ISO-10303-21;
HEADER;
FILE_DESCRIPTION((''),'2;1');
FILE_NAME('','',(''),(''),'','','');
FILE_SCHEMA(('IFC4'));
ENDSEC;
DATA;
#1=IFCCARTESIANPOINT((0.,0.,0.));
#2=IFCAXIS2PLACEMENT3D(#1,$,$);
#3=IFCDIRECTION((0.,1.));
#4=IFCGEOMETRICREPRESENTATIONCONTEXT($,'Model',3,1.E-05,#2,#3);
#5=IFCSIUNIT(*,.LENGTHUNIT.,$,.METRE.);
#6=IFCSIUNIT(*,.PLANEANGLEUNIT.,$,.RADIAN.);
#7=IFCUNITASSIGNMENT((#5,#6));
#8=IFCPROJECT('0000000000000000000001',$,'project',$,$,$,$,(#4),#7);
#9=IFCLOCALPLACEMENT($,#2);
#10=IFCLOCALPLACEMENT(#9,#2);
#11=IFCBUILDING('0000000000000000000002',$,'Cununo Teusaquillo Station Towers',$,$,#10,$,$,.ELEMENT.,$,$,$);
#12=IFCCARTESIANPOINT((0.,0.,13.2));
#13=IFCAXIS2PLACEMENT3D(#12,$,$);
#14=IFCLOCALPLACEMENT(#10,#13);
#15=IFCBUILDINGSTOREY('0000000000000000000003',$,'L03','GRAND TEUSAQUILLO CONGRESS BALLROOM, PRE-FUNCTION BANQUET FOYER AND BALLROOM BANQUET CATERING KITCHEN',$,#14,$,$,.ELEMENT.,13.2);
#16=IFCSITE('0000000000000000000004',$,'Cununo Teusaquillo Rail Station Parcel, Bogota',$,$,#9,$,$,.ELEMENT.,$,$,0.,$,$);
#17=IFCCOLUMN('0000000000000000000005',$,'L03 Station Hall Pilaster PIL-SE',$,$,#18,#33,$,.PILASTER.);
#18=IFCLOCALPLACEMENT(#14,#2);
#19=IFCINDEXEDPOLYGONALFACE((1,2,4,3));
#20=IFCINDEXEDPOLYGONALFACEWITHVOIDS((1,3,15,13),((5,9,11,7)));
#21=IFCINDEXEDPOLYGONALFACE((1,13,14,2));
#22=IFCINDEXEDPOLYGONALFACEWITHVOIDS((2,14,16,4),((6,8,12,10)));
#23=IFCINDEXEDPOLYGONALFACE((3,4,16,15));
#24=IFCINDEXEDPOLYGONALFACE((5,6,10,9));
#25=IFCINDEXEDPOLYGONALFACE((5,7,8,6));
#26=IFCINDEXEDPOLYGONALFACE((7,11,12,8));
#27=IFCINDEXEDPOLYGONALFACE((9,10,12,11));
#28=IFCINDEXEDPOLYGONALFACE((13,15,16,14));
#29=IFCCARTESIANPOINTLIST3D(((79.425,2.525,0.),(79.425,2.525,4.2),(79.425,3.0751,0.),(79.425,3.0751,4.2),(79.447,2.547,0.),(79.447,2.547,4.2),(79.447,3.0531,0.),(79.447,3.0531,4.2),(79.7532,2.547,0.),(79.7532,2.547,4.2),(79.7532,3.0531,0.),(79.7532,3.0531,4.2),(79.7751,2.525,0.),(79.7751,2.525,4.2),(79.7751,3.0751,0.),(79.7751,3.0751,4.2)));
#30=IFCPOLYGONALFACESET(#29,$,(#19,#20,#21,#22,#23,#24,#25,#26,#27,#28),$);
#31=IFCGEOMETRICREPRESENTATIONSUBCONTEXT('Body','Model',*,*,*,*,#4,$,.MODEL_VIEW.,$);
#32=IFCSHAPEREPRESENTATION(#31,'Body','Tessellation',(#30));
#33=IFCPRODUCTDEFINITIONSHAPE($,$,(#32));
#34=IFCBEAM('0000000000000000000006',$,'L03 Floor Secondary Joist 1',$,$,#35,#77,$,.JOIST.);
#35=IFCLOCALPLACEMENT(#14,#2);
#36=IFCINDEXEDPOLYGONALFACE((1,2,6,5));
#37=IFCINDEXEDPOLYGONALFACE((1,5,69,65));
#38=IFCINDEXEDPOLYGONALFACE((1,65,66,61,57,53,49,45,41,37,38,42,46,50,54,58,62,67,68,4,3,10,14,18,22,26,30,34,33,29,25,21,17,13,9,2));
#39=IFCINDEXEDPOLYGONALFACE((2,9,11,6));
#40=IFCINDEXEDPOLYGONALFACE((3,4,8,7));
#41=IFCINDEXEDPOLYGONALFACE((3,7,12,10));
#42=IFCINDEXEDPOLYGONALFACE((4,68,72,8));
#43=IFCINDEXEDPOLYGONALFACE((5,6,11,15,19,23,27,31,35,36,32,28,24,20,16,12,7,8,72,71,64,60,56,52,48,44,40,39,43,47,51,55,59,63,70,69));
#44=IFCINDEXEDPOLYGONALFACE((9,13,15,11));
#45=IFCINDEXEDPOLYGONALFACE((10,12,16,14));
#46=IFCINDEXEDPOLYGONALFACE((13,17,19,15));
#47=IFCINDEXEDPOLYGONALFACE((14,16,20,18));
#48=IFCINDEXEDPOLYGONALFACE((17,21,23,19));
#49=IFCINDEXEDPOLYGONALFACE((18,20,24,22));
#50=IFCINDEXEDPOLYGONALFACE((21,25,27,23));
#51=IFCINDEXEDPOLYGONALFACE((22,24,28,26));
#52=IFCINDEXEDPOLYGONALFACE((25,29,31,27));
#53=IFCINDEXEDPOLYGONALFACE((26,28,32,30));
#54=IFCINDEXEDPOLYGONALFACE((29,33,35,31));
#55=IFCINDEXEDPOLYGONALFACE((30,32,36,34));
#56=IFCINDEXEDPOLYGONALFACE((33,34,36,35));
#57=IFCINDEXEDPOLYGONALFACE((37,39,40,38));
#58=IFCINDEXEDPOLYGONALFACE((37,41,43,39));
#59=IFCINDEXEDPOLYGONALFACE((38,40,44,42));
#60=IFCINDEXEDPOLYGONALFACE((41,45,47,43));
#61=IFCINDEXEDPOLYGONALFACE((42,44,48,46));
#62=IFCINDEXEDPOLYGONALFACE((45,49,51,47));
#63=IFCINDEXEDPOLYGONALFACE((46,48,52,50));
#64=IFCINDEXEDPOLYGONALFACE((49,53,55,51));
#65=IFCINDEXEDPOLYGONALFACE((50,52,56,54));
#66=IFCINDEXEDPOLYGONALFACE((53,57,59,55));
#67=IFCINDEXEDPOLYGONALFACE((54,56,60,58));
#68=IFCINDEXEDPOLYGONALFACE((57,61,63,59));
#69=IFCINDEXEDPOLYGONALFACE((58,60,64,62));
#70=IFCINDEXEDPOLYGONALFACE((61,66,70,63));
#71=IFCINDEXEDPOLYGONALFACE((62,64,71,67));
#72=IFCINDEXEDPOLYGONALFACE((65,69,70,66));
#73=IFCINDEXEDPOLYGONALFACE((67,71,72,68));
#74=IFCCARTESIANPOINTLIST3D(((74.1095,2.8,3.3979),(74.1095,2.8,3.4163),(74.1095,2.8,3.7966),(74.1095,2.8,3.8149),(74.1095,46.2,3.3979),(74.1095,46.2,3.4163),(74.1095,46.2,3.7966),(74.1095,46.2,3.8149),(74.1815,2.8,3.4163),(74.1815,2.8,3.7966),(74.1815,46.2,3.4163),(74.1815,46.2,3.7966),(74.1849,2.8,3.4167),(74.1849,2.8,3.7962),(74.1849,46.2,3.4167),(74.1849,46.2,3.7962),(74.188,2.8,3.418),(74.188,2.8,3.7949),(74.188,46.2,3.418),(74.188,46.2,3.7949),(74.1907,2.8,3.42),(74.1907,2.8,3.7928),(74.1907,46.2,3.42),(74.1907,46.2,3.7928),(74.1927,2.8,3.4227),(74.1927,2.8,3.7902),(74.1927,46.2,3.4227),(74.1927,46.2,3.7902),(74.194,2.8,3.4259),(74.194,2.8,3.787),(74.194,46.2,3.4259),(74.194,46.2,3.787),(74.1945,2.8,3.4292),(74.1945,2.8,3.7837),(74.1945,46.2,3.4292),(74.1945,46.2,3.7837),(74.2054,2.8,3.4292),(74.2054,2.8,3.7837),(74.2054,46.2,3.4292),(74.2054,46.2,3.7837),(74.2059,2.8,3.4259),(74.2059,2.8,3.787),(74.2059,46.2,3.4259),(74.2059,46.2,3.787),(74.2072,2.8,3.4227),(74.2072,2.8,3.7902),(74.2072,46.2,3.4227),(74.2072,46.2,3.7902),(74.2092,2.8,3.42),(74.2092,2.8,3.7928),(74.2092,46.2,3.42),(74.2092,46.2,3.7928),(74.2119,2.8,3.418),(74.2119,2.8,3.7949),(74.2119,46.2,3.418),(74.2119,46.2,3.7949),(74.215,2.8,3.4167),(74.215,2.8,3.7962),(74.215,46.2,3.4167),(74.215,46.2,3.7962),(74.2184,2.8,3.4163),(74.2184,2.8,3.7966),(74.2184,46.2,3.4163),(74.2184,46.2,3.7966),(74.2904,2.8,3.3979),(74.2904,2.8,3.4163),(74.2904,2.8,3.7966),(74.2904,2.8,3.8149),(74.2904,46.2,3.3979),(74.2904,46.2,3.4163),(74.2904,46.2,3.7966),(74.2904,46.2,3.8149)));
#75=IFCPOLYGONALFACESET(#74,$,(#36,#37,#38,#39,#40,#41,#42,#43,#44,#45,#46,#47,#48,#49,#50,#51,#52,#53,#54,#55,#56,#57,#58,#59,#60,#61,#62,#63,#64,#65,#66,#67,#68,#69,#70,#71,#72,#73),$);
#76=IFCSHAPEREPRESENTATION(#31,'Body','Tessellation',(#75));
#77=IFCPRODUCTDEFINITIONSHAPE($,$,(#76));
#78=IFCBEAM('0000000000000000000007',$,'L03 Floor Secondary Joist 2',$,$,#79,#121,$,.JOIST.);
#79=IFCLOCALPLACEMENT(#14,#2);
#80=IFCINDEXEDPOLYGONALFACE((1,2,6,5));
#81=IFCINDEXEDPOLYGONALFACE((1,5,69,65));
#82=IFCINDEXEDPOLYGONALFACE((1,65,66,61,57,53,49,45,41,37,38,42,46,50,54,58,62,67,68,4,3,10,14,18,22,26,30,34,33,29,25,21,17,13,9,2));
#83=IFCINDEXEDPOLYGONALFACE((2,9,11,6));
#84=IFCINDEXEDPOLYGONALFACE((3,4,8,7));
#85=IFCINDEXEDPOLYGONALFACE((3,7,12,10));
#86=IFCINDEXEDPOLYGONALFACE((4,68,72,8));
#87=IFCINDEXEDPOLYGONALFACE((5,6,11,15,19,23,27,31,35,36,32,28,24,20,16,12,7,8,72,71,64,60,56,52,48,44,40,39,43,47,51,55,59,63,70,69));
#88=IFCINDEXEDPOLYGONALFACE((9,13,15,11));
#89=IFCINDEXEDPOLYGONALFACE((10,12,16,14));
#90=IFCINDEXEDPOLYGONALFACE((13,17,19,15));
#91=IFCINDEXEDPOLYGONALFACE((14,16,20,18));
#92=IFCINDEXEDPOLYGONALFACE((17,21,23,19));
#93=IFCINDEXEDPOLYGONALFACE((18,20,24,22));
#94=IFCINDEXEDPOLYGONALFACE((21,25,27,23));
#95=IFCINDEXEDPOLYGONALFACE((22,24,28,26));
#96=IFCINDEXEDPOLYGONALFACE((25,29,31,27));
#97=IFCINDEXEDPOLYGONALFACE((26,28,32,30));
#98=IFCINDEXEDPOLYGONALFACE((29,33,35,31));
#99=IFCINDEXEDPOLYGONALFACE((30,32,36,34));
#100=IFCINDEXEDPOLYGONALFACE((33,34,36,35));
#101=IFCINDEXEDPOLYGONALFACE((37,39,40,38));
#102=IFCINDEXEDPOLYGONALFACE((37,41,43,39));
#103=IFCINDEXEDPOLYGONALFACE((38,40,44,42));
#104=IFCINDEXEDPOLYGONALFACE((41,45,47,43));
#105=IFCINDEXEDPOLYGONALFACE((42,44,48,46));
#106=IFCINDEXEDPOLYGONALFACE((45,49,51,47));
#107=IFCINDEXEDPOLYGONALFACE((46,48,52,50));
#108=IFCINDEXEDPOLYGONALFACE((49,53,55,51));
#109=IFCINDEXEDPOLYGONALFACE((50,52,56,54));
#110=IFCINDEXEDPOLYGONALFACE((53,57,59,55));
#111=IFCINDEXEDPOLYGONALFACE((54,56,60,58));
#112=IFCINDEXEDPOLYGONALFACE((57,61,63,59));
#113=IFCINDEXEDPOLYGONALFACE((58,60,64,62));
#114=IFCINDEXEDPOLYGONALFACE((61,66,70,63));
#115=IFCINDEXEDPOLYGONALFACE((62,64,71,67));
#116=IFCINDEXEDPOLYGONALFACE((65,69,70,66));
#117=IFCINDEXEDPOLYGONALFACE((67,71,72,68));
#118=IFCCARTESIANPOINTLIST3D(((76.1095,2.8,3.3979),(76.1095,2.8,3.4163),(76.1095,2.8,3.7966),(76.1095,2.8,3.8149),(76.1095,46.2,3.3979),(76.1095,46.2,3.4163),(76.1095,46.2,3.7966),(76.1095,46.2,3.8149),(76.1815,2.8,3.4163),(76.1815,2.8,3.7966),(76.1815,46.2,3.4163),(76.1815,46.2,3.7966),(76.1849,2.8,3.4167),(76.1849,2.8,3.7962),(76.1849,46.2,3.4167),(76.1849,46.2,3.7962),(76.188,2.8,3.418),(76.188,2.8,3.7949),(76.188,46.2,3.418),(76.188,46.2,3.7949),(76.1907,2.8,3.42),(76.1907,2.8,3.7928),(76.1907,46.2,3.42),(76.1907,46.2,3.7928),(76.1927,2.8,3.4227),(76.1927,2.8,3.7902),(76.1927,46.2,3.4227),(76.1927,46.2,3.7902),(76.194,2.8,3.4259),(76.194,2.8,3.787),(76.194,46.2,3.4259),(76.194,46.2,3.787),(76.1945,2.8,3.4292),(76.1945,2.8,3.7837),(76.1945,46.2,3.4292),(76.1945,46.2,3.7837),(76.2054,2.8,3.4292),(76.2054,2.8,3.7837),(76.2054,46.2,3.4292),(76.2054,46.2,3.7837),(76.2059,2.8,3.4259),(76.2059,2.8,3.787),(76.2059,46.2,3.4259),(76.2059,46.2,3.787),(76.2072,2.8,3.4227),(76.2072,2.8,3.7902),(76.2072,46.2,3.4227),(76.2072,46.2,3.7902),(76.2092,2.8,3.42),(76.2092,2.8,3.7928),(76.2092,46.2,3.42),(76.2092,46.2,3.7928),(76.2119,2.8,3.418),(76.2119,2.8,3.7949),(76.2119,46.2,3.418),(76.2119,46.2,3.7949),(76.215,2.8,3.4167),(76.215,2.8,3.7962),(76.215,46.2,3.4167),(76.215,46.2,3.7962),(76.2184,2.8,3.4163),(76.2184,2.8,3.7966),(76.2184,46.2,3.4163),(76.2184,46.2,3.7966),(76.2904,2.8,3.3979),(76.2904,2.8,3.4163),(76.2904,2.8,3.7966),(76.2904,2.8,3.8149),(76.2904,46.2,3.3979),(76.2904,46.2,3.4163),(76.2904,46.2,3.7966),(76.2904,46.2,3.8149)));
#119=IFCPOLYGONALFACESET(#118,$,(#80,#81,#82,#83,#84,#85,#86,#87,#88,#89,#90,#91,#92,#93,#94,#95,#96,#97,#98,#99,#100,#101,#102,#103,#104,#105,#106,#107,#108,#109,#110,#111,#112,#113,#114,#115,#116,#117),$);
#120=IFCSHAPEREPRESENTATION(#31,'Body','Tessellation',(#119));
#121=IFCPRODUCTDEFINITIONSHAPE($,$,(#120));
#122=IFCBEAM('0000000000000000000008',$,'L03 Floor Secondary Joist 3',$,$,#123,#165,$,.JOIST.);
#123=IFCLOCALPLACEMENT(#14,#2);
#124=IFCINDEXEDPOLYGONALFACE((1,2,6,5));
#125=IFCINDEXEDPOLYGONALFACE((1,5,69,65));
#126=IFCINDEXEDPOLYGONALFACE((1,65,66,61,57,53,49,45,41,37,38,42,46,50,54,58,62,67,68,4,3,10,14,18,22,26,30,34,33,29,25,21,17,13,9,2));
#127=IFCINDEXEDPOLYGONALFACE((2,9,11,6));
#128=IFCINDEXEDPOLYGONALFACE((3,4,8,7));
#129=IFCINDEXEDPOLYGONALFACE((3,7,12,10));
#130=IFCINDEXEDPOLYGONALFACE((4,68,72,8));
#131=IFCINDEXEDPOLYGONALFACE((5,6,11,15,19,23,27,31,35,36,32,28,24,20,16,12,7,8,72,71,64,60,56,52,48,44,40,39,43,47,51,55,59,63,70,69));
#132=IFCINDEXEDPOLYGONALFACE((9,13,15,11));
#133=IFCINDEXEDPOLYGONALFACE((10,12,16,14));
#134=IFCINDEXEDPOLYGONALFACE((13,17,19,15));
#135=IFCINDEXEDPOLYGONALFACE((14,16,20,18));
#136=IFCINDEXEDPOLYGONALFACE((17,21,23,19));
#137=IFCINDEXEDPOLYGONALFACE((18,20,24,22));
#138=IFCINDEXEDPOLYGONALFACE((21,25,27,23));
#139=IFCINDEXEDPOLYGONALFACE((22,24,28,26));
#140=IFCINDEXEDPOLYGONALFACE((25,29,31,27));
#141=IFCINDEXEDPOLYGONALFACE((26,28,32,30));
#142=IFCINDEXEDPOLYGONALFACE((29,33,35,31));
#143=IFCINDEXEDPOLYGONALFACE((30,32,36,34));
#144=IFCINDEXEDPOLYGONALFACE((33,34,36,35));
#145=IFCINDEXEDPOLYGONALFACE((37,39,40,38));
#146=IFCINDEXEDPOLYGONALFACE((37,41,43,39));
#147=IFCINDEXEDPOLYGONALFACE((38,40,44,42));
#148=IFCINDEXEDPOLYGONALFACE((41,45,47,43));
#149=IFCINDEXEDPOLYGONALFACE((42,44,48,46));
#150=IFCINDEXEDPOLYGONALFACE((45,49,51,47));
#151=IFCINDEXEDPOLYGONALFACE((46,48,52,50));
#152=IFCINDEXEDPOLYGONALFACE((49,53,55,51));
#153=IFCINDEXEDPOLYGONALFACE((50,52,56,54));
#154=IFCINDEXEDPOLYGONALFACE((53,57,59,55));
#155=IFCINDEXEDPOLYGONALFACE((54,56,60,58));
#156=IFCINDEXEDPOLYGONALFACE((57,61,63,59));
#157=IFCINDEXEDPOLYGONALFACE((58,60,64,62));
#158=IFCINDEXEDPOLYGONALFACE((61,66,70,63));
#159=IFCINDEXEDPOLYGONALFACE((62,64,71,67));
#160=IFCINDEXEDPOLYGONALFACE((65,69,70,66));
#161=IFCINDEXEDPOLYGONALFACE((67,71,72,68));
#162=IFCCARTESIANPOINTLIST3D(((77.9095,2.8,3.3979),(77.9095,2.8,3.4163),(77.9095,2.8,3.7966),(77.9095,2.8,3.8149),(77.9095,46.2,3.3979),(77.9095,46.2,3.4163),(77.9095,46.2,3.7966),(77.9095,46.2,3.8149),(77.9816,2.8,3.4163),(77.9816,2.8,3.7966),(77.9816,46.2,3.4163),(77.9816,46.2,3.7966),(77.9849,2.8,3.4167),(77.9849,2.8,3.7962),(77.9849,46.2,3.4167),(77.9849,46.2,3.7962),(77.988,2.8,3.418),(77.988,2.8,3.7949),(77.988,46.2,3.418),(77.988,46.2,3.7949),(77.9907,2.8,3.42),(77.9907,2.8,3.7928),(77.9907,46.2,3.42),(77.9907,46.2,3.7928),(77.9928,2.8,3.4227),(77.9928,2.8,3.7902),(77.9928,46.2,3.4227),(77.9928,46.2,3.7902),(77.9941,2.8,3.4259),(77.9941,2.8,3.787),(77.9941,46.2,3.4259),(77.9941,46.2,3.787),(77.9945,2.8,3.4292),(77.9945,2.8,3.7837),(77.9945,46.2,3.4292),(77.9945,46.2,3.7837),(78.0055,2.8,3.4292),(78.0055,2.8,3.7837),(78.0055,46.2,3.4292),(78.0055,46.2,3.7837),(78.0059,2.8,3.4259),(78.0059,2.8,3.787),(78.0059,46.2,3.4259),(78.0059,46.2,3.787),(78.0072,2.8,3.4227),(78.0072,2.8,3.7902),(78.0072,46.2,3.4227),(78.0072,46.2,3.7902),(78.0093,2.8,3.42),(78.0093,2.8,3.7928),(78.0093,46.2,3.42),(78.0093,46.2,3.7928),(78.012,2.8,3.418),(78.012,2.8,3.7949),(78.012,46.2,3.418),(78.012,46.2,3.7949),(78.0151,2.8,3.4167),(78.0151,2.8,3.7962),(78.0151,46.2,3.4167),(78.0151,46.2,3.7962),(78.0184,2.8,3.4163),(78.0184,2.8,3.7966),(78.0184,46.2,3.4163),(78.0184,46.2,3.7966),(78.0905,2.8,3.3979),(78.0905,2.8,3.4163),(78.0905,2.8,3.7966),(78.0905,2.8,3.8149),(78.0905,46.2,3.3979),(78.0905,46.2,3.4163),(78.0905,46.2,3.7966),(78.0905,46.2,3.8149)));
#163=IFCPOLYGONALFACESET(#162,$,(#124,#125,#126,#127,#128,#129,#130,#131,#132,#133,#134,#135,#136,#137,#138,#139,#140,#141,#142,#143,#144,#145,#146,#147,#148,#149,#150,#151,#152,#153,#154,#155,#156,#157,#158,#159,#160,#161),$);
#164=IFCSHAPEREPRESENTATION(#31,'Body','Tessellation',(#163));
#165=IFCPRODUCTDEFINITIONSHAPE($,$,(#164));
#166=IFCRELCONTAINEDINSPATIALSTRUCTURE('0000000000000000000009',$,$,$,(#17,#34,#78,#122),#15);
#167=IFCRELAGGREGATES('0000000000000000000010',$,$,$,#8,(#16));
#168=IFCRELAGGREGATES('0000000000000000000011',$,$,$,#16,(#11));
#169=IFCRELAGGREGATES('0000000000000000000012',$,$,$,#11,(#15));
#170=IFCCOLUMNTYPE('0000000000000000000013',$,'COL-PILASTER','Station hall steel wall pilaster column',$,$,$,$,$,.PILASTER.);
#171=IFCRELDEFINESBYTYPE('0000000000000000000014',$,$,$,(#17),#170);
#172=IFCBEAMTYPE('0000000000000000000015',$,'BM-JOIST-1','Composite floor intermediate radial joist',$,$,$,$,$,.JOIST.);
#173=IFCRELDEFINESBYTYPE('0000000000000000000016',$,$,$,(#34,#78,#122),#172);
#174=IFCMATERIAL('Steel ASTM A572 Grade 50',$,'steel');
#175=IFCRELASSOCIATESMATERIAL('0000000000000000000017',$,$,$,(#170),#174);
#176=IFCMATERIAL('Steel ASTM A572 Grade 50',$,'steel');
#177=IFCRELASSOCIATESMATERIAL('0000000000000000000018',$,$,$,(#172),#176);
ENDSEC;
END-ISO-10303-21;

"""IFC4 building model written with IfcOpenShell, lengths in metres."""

from ifc_helpers import new_model, si_unit, direction, frame, origin, origin_2d, place, context, subcontext, project, spatial, hollow_rectangle, i_section, extrude, material, material_profile, profile_set, type_object, element, save


model = new_model("IFC4")

# Units and contexts
model_context = context("Model", 3, precision=1e-05, world=origin(), true_north=direction((0.0, 1.0)))
body_context = subcontext(model_context, "Body", "Model", "MODEL_VIEW")
ifc_project = project(units=[si_unit("LENGTHUNIT", "METRE"), si_unit("PLANEANGLEUNIT", "RADIAN")], contexts=[model_context])

# Site, building, storey
site_placement = place(None, origin())
site = spatial("IfcSite", under=ifc_project, at=site_placement, Name="Cununo Teusaquillo Rail Station Parcel, Bogota", CompositionType="ELEMENT", RefElevation=0.0)
building_placement = place(site_placement, origin())
building = spatial("IfcBuilding", under=site, at=building_placement, Name="Cununo Teusaquillo Station Towers", CompositionType="ELEMENT")
storey_placement = place(building_placement, frame((0.0, 0.0, 13.2)))
storey = spatial("IfcBuildingStorey", under=building, at=storey_placement, Name="L03", Description="GRAND TEUSAQUILLO CONGRESS BALLROOM, PRE-FUNCTION BANQUET FOYER AND BALLROOM BANQUET CATERING KITCHEN", CompositionType="ELEMENT", Elevation=13.2)

# Column
ifc_material_1 = material(Name="Steel ASTM A572 Grade 50", Category="steel")
ifc_material_profile_1 = material_profile(ifc_material_1, hollow_rectangle(XDim=0.3501, YDim=0.55, WallThickness=0.022, at=origin_2d()), Name="RHS 550x350x22")
ifc_profile_set_1 = profile_set([ifc_material_profile_1], Name="Steel ASTM A572 Grade 50")
column_type = type_object("IfcColumnType", Name="COL-PILASTER", Description="Station hall steel wall pilaster column", PredefinedType="PILASTER", material=ifc_profile_set_1)
column_placement = place(storey_placement, frame((79.6001, 2.8, 0.0), z_axis=(0.0, 0.0, 1.0), x_axis=(1.0, 0.0, 0.0)))
element("IfcColumn", 1, at=column_placement, inside=storey, type_object=column_type, Name="L03 Station Hall Pilaster PIL-SE", PredefinedType="PILASTER", context=body_context, shape_type="SweptSolid", body=[
    extrude(hollow_rectangle(XDim=0.3501, YDim=0.55, WallThickness=0.022, at=origin_2d()), origin(), (0.0, 0.0, 1.0), 4.2),
])

# Beams
ifc_material_2 = material(Name="Steel ASTM A572 Grade 50", Category="steel")
ifc_material_profile_2 = material_profile(ifc_material_2, i_section(OverallWidth=0.1809, OverallDepth=0.417, WebThickness=0.011, FlangeThickness=0.0183, FilletRadius=0.0129, at=origin_2d()), Name="W16X57")
ifc_profile_set_2 = profile_set([ifc_material_profile_2], Name="Steel ASTM A572 Grade 50")
beam_type_1 = type_object("IfcBeamType", Name="BM-JOIST-1", Description="Composite floor intermediate radial joist", PredefinedType="JOIST", material=ifc_profile_set_2)
for number, where, z_axis, x_axis, name in (
    (2, (74.2, 2.8, 3.6064), (0.0, 1.0, 0.0), (-1.0, 0.0, 0.0), "L03 Floor Secondary Joist 1"),
    (3, (76.2, 2.8, 3.6064), (0.0, 1.0, 0.0), (-1.0, 0.0, 0.0), "L03 Floor Secondary Joist 2"),
    (4, (78.0, 2.8, 3.6064), (0.0, 1.0, 0.0), (-1.0, 0.0, 0.0), "L03 Floor Secondary Joist 3"),
):
    element("IfcBeam", number, at=place(storey_placement, frame(where, z_axis=z_axis, x_axis=x_axis)), inside=storey, type_object=beam_type_1, Name=name, PredefinedType="JOIST", context=body_context, shape_type="SweptSolid", body=[
        extrude(i_section(OverallWidth=0.1809, OverallDepth=0.417, WebThickness=0.011, FlangeThickness=0.0183, FilletRadius=0.0129, at=origin_2d()), origin(), (0.0, 0.0, 1.0), 43.3999),
    ])

save(model, "model.ifc")
